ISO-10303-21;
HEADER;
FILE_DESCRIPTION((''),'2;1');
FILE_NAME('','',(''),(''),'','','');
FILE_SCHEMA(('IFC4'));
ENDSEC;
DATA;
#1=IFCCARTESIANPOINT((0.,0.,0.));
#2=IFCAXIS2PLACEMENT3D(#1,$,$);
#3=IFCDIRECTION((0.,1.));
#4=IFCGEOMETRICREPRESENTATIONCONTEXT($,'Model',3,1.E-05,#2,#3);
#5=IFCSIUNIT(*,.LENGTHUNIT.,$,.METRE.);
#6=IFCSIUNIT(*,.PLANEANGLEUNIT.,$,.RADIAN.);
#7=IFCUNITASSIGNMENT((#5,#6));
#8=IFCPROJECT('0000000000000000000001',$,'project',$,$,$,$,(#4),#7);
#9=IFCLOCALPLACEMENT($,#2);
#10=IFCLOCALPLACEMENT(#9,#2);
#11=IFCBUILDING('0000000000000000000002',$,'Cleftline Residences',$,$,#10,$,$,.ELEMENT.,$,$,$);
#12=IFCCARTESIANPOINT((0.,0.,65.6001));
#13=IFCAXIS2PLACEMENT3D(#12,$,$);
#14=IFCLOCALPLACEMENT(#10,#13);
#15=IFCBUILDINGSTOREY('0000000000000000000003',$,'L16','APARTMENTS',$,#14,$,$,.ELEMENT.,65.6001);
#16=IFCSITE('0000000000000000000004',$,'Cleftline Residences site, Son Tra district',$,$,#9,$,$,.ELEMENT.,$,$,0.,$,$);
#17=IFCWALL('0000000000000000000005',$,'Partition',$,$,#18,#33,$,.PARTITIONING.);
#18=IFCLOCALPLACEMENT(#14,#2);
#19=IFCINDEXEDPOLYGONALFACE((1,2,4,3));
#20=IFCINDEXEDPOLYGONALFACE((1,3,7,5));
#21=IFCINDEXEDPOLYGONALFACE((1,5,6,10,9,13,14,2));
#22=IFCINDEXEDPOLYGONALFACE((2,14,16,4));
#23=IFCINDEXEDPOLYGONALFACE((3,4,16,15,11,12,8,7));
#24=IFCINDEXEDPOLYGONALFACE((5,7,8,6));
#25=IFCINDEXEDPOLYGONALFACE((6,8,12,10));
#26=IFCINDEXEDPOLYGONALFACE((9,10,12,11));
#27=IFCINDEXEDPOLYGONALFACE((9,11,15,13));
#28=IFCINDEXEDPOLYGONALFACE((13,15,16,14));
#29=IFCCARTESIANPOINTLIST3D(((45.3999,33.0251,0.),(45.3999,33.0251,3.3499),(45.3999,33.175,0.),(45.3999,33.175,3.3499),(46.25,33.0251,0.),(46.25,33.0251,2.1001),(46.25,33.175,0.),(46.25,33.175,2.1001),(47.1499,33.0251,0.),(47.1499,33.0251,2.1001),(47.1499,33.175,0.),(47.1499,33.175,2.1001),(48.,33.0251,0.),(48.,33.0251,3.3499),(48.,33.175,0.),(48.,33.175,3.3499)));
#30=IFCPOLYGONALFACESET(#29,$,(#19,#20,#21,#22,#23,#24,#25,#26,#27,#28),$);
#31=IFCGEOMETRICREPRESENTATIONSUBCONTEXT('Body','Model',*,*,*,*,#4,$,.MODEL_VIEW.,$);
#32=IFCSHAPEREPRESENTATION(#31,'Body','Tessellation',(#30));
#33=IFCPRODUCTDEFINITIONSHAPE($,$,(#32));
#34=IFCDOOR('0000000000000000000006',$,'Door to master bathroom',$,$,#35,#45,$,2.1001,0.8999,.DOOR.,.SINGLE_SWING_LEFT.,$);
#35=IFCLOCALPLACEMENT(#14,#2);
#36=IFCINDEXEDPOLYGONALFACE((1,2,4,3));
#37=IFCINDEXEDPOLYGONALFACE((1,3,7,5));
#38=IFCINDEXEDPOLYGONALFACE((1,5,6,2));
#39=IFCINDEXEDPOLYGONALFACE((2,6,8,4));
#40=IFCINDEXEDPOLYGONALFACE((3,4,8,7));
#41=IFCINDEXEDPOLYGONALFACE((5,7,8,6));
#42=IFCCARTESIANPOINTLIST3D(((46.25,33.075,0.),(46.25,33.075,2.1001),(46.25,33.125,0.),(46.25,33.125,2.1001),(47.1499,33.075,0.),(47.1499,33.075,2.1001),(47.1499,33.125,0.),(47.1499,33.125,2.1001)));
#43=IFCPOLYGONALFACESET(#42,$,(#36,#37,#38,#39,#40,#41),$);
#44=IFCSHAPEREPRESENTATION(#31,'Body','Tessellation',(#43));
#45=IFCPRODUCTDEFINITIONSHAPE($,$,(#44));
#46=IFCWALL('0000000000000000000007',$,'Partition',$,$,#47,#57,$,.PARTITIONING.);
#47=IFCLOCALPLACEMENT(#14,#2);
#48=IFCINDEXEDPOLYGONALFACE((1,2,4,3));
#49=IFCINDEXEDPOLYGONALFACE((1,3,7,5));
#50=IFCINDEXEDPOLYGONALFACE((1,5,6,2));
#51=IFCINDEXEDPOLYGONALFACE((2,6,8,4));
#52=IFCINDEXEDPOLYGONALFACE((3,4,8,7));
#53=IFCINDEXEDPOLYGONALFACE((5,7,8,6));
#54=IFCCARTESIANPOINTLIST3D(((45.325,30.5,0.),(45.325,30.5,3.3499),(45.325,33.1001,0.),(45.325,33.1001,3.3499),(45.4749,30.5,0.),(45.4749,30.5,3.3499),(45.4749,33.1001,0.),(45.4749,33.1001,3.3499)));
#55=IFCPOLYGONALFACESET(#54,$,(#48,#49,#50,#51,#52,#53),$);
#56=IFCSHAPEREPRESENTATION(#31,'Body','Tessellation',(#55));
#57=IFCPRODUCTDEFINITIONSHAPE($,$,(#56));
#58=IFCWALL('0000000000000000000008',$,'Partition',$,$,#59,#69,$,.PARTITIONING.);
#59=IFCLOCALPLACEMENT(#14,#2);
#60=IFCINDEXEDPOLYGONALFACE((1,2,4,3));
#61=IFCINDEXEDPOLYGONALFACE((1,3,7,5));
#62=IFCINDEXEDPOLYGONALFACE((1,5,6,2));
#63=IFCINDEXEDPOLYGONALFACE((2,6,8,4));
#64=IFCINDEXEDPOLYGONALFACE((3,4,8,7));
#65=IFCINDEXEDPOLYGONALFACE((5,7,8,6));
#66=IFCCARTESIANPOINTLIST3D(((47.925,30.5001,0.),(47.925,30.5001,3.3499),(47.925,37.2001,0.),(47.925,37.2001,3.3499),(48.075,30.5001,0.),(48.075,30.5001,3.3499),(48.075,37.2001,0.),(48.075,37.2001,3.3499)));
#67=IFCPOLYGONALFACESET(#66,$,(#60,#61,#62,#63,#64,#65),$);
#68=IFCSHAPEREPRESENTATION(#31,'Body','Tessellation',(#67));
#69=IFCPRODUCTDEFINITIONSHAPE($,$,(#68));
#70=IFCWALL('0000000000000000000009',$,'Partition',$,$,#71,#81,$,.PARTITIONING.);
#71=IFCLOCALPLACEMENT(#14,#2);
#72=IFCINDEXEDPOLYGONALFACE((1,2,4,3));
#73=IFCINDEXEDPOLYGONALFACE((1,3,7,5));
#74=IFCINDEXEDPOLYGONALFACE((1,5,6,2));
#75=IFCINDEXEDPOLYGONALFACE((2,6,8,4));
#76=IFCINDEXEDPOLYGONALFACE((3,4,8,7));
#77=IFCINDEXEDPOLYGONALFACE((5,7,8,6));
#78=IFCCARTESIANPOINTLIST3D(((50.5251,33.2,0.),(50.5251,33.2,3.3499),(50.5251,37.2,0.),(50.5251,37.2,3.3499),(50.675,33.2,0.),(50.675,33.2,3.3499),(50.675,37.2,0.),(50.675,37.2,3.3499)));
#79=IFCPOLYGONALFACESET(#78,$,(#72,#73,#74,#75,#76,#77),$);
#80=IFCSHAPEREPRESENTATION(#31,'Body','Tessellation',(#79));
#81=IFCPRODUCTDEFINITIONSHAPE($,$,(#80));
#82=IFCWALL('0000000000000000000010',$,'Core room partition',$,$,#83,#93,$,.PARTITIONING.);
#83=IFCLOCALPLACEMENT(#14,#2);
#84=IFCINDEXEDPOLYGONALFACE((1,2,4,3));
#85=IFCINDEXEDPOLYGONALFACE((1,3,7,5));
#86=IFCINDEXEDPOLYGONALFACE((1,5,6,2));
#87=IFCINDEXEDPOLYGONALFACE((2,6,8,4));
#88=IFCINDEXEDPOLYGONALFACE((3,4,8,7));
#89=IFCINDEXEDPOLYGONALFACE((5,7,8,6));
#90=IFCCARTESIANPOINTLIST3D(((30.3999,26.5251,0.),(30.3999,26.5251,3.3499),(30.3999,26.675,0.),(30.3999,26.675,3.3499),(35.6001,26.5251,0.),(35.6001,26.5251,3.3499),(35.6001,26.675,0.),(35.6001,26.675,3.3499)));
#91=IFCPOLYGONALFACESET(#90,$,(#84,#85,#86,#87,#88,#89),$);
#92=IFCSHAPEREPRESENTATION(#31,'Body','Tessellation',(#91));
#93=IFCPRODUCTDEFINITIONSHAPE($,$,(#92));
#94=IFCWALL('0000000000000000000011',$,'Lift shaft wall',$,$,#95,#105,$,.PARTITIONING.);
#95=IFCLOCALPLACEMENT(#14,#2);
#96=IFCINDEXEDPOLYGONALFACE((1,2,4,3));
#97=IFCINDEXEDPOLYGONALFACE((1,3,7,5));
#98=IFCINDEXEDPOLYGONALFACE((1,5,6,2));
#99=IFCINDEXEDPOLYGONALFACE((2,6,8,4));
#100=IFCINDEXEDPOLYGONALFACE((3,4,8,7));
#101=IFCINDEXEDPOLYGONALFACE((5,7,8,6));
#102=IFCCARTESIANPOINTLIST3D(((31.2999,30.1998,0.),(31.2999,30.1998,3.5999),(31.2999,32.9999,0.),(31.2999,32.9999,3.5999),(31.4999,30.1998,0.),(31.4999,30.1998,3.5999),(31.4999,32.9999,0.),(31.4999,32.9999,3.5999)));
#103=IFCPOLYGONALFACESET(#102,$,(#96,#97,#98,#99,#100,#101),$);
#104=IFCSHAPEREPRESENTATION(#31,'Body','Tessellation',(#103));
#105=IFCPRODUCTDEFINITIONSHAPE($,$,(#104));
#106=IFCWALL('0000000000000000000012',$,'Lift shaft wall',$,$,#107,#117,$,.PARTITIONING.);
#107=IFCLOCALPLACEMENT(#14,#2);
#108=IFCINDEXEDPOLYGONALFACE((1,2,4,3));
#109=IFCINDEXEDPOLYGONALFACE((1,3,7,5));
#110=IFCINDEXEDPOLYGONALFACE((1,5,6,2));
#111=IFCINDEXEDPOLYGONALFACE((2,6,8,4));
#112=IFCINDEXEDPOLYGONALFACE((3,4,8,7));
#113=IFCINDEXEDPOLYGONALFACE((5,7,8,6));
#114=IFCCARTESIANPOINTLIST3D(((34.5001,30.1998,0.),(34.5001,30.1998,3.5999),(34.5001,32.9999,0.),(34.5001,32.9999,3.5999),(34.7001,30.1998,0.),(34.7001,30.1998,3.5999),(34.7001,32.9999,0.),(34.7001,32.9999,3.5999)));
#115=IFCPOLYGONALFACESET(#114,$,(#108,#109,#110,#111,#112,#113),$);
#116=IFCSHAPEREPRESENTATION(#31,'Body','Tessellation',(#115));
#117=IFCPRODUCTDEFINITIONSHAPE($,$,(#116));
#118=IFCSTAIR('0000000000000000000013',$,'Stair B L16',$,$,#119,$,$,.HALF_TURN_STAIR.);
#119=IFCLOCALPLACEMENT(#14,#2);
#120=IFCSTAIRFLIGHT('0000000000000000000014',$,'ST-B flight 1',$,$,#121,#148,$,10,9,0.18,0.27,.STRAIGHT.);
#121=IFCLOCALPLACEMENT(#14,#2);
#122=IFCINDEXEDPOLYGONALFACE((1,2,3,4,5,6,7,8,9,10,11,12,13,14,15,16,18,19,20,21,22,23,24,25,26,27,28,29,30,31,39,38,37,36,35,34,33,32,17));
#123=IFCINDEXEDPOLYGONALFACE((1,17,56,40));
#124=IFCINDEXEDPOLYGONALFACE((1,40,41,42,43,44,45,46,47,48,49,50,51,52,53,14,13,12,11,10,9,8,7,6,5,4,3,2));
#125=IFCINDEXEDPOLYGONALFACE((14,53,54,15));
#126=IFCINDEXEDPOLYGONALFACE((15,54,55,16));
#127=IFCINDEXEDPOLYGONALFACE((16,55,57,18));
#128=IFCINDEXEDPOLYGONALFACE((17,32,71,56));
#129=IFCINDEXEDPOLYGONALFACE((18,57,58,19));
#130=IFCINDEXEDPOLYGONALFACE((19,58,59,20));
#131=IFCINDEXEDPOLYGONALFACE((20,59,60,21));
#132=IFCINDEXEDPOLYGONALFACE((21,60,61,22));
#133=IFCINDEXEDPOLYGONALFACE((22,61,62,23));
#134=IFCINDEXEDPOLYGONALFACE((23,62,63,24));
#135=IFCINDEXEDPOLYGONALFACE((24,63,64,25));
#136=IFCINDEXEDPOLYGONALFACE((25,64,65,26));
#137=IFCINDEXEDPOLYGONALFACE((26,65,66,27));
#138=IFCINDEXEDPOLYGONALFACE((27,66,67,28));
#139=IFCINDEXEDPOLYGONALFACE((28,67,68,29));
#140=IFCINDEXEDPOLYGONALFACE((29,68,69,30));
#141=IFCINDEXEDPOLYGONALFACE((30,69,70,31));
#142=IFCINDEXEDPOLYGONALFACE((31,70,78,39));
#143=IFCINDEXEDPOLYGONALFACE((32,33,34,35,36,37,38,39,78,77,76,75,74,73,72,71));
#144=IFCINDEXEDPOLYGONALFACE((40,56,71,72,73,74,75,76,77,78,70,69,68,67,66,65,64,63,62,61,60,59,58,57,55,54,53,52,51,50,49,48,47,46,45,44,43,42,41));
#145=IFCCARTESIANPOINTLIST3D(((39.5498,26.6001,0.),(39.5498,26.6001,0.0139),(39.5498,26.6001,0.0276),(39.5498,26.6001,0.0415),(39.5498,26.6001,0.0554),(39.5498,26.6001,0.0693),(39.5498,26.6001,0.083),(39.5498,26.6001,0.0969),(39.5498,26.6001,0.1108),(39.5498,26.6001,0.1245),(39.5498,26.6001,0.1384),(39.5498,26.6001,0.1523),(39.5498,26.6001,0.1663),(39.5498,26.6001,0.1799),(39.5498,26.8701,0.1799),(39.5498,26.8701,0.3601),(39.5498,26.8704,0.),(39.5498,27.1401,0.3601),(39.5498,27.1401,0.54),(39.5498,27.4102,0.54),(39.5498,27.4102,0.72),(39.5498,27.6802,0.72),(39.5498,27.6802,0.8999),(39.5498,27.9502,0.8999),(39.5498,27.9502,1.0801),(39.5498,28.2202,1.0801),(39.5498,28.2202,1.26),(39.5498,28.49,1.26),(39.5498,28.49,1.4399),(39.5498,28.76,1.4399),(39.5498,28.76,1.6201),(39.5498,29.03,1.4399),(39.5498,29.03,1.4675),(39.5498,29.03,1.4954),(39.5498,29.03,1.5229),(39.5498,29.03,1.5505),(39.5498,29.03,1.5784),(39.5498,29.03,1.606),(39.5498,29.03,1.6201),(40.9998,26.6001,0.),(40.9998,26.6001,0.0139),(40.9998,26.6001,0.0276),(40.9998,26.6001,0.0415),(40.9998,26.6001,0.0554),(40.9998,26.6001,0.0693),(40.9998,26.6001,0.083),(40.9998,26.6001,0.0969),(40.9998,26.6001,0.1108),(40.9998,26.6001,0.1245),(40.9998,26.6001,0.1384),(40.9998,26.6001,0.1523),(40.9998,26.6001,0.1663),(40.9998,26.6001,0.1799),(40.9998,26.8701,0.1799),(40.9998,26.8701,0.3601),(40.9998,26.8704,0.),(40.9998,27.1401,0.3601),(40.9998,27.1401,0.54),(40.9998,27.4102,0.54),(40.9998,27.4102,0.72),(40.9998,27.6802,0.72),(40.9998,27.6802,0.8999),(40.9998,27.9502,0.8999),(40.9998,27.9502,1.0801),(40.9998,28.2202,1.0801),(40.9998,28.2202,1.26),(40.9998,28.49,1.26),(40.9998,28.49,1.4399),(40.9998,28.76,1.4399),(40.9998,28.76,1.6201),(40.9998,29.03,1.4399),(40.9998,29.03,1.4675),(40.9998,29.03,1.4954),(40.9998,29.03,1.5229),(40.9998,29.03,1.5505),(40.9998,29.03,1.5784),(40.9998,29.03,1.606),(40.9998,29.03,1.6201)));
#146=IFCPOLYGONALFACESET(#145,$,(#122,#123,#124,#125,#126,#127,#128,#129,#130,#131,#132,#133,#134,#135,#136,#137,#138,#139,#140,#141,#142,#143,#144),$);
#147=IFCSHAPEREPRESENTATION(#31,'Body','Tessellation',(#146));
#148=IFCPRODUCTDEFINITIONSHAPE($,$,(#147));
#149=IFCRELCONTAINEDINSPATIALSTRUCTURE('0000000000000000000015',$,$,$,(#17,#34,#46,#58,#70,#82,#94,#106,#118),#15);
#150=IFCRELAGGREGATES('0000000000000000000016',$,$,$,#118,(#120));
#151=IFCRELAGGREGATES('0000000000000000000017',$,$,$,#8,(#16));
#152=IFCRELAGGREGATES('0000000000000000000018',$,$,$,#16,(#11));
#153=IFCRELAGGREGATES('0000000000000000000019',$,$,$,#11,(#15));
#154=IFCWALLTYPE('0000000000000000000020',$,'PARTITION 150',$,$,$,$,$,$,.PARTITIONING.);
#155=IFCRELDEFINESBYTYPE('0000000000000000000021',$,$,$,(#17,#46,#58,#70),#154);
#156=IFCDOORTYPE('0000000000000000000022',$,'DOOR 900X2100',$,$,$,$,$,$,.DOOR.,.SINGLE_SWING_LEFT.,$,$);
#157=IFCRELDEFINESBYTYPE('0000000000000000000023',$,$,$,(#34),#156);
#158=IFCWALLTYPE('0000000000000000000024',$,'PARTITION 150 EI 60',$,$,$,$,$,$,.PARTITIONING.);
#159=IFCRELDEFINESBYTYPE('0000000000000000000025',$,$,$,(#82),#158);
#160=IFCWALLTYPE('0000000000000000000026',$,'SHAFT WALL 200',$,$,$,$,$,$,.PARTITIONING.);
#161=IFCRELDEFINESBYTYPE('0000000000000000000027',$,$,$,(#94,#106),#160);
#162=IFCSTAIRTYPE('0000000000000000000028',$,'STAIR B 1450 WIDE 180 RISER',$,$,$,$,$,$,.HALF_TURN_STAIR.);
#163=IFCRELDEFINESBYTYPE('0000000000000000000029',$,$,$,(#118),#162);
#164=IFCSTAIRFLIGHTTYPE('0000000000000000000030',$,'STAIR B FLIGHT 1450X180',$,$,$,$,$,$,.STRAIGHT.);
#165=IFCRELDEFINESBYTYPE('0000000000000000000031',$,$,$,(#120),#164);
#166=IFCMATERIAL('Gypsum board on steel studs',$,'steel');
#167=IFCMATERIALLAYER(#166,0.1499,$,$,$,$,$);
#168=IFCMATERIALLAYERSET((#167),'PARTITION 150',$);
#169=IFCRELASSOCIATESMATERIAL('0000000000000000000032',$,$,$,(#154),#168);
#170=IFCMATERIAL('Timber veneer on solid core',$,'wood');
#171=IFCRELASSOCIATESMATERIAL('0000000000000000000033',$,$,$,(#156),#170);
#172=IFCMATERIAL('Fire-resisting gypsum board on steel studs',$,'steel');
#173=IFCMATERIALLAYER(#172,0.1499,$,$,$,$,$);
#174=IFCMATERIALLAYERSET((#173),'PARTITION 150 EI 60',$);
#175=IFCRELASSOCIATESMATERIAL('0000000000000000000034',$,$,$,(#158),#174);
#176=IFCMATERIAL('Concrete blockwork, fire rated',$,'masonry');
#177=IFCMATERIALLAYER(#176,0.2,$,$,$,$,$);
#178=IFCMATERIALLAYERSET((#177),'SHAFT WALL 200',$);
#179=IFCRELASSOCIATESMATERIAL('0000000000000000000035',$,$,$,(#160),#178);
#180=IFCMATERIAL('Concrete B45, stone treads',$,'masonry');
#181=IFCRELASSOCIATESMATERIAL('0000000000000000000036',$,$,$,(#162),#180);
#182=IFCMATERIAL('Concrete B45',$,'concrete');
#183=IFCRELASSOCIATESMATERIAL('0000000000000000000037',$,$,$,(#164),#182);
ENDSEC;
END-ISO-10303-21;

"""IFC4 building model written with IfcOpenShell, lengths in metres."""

from ifc_helpers import new_model, si_unit, direction, frame, frame_2d, origin, place, context, subcontext, project, spatial, polyline, rectangle, outline, extrude, material, layer, layer_set, type_object, element, fill, aggregate, save


model = new_model("IFC4")

# Units and contexts
model_context = context("Model", 3, precision=1e-05, world=origin(), true_north=direction((0.0, 1.0)))
body_context = subcontext(model_context, "Body", "Model", "MODEL_VIEW")
ifc_project = project(units=[si_unit("LENGTHUNIT", "METRE"), si_unit("PLANEANGLEUNIT", "RADIAN")], contexts=[model_context])

# Site, building, storey
site_placement = place(None, origin())
site = spatial("IfcSite", under=ifc_project, at=site_placement, Name="Cleftline Residences site, Son Tra district", CompositionType="ELEMENT", RefElevation=0.0)
building_placement = place(site_placement, origin())
building = spatial("IfcBuilding", under=site, at=building_placement, Name="Cleftline Residences", CompositionType="ELEMENT")
storey_placement = place(building_placement, frame((0.0, 0.0, 65.6001)))
storey = spatial("IfcBuildingStorey", under=building, at=storey_placement, Name="L16", Description="APARTMENTS", CompositionType="ELEMENT", Elevation=65.6001)

# Shared definitions
ifc_material_1 = material(Name="Gypsum board on steel studs", Category="steel")
ifc_layer_1 = layer(ifc_material_1, 0.1499)
ifc_layer_set_1 = layer_set([ifc_layer_1], Name="PARTITION 150")
wall_type_1 = type_object("IfcWallType", Name="PARTITION 150", PredefinedType="PARTITIONING", material=ifc_layer_set_1)
ifc_material_2 = material(Name="Timber veneer on solid core", Category="wood")
door_type_1 = type_object("IfcDoorType", Name="DOOR 900X2100", OperationType="SINGLE_SWING_LEFT", PredefinedType="DOOR", material=ifc_material_2)

# Wall, opening, door
wall_1_placement = place(storey_placement, frame((45.3999, 33.1001, 0.0), z_axis=(0.0, 0.0, 1.0), x_axis=(1.0, 0.0, 0.0)))
wall_1 = element("IfcWall", 1, at=wall_1_placement, inside=storey, type_object=wall_type_1, Name="Partition", PredefinedType="PARTITIONING", context=body_context, shape_type="SweptSolid", body=[
    extrude(rectangle(XDim=2.6001, YDim=0.1499, at=frame_2d((1.3, 0.0))), origin(), (0.0, 0.0, 1.0), 3.3499),
])
opening_1_placement = place(wall_1_placement, frame((0.8501, 0.0, 0.0)))
opening_1 = element("IfcOpeningElement", 2, at=opening_1_placement, cuts=wall_1, PredefinedType="OPENING", context=body_context, shape_type="SweptSolid", body=[
    extrude(rectangle(XDim=0.8999, YDim=2.1001, at=frame_2d((0.45, 1.05))), frame((0.0, 0.085, 0.0), z_axis=(0.0, -1.0, 0.0), x_axis=(1.0, 0.0, 0.0)), (0.0, 0.0, 1.0), 0.1699),
])
door_1_placement = place(opening_1_placement, origin())
door_1 = element("IfcDoor", 3, at=door_1_placement, inside=storey, type_object=door_type_1, Name="Door to master bathroom", OperationType="SINGLE_SWING_LEFT", OverallHeight=2.1001, OverallWidth=0.8999, PredefinedType="DOOR", context=body_context, shape_type="SweptSolid", body=[
    extrude(rectangle(XDim=0.8999, YDim=2.1001, at=frame_2d((0.45, 1.05))), frame((0.0, 0.0249, 0.0), z_axis=(0.0, -1.0, 0.0), x_axis=(1.0, 0.0, 0.0)), (0.0, 0.0, 1.0), 0.05),
])
fill(opening_1, door_1)

# Walls
wall_2_placement = place(storey_placement, frame((45.3999, 30.5, 0.0), z_axis=(0.0, 0.0, 1.0), x_axis=(0.0, 1.0, 0.0)))
element("IfcWall", 4, at=wall_2_placement, inside=storey, type_object=wall_type_1, Name="Partition", PredefinedType="PARTITIONING", context=body_context, shape_type="SweptSolid", body=[
    extrude(rectangle(XDim=2.6001, YDim=0.1499, at=frame_2d((1.3, 0.0))), origin(), (0.0, 0.0, 1.0), 3.3499),
])
wall_3_placement = place(storey_placement, frame((48.0, 30.5, 0.0), z_axis=(0.0, 0.0, 1.0), x_axis=(0.0, 1.0, 0.0)))
element("IfcWall", 5, at=wall_3_placement, inside=storey, type_object=wall_type_1, Name="Partition", PredefinedType="PARTITIONING", context=body_context, shape_type="SweptSolid", body=[
    extrude(rectangle(XDim=6.7, YDim=0.1499, at=frame_2d((3.3501, 0.0))), origin(), (0.0, 0.0, 1.0), 3.3499),
])
wall_4_placement = place(storey_placement, frame((50.6001, 33.2, 0.0), z_axis=(0.0, 0.0, 1.0), x_axis=(0.0, 1.0, 0.0)))
element("IfcWall", 6, at=wall_4_placement, inside=storey, type_object=wall_type_1, Name="Partition", PredefinedType="PARTITIONING", context=body_context, shape_type="SweptSolid", body=[
    extrude(rectangle(XDim=4.0, YDim=0.1499, at=frame_2d((2.0, 0.0))), origin(), (0.0, 0.0, 1.0), 3.3499),
])
ifc_material_3 = material(Name="Fire-resisting gypsum board on steel studs", Category="steel")
ifc_layer_2 = layer(ifc_material_3, 0.1499)
ifc_layer_set_2 = layer_set([ifc_layer_2], Name="PARTITION 150 EI 60")
wall_type_2 = type_object("IfcWallType", Name="PARTITION 150 EI 60", PredefinedType="PARTITIONING", material=ifc_layer_set_2)
wall_5_placement = place(storey_placement, frame((30.3999, 26.6001, 0.0), z_axis=(0.0, 0.0, 1.0), x_axis=(1.0, 0.0, 0.0)))
element("IfcWall", 7, at=wall_5_placement, inside=storey, type_object=wall_type_2, Name="Core room partition", PredefinedType="PARTITIONING", context=body_context, shape_type="SweptSolid", body=[
    extrude(rectangle(XDim=5.2002, YDim=0.1499, at=frame_2d((2.6001, 0.0))), origin(), (0.0, 0.0, 1.0), 3.3499),
])
ifc_material_4 = material(Name="Concrete blockwork, fire rated", Category="masonry")
ifc_layer_3 = layer(ifc_material_4, 0.2)
ifc_layer_set_3 = layer_set([ifc_layer_3], Name="SHAFT WALL 200")
wall_type_3 = type_object("IfcWallType", Name="SHAFT WALL 200", PredefinedType="PARTITIONING", material=ifc_layer_set_3)
for number, where, z_axis, x_axis, name in (
    (8, (31.3999, 30.2, 0.0), (0.0, 0.0, 1.0), (0.0, 1.0, 0.0), "Lift shaft wall"),
    (9, (34.6001, 30.2, 0.0), (0.0, 0.0, 1.0), (0.0, 1.0, 0.0), "Lift shaft wall"),
):
    element("IfcWall", number, at=place(storey_placement, frame(where, z_axis=z_axis, x_axis=x_axis)), inside=storey, type_object=wall_type_3, Name=name, PredefinedType="PARTITIONING", context=body_context, shape_type="SweptSolid", body=[
        extrude(rectangle(XDim=2.8, YDim=0.2, at=frame_2d((1.3999, 0.0))), origin(), (0.0, 0.0, 1.0), 3.5999),
    ])

# Stair, stair flight
ifc_material_5 = material(Name="Concrete B45, stone treads", Category="masonry")
stair_type = type_object("IfcStairType", Name="STAIR B 1450 WIDE 180 RISER", PredefinedType="HALF_TURN_STAIR", material=ifc_material_5)
stair_placement = place(storey_placement, origin())
stair = element("IfcStair", 10, at=stair_placement, inside=storey, type_object=stair_type, Name="Stair B L16", PredefinedType="HALF_TURN_STAIR")
ifc_material_6 = material(Name="Concrete B45", Category="concrete")
stair_flight_type = type_object("IfcStairFlightType", Name="STAIR B FLIGHT 1450X180", PredefinedType="STRAIGHT", material=ifc_material_6)
stair_flight_1_placement = place(storey_placement, frame((40.2749, 26.6001, 0.0), z_axis=(0.0, 0.0, 1.0), x_axis=(0.0, 1.0, 0.0)))
stair_flight_1 = element("IfcStairFlight", 11, at=stair_flight_1_placement, type_object=stair_flight_type, Name="ST-B flight 1", NumberOfRisers=10, NumberOfTreads=9, PredefinedType="STRAIGHT", RiserHeight=0.18, TreadLength=0.27, context=body_context, shape_type="SweptSolid", body=[
    extrude(outline(polyline([(0.0, 0.0), (0.0, 0.0139), (0.0, 0.0276), (0.0, 0.0415), (0.0, 0.0554), (0.0, 0.0693), (0.0, 0.083), (0.0, 0.0969), (0.0, 0.1108), (0.0, 0.1245), (0.0, 0.1384), (0.0, 0.1523), (0.0, 0.1663), (0.0, 0.1799), (0.27, 0.1799), (0.27, 0.3601), (0.54, 0.3601), (0.54, 0.54), (0.8101, 0.54), (0.8101, 0.72), (1.0801, 0.72), (1.0801, 0.8999), (1.3501, 0.8999), (1.3501, 1.0801), (1.6201, 1.0801), (1.6201, 1.26), (1.8899, 1.26), (1.8899, 1.4399), (2.1599, 1.4399), (2.1599, 1.6201), (2.4299, 1.6201), (2.4299, 1.8), (2.4299, 1.7722), (2.4299, 1.7446), (2.4299, 1.7168), (2.4299, 1.6892), (2.4299, 1.6614), (2.4299, 1.6338), (2.4299, 1.606), (2.4299, 1.5784), (2.4299, 1.5505), (2.4299, 1.5229), (2.4299, 1.4954), (2.4299, 1.4675), (2.4299, 1.4399), (0.2703, 0.0), (0.0, 0.0)])), frame((0.0, 0.7251, 0.0), z_axis=(0.0, -1.0, 0.0), x_axis=(1.0, 0.0, 0.0)), (0.0, 0.0, 1.0), 1.45),
])
aggregate(stair, [stair_flight_1])

save(model, "model.ifc")
